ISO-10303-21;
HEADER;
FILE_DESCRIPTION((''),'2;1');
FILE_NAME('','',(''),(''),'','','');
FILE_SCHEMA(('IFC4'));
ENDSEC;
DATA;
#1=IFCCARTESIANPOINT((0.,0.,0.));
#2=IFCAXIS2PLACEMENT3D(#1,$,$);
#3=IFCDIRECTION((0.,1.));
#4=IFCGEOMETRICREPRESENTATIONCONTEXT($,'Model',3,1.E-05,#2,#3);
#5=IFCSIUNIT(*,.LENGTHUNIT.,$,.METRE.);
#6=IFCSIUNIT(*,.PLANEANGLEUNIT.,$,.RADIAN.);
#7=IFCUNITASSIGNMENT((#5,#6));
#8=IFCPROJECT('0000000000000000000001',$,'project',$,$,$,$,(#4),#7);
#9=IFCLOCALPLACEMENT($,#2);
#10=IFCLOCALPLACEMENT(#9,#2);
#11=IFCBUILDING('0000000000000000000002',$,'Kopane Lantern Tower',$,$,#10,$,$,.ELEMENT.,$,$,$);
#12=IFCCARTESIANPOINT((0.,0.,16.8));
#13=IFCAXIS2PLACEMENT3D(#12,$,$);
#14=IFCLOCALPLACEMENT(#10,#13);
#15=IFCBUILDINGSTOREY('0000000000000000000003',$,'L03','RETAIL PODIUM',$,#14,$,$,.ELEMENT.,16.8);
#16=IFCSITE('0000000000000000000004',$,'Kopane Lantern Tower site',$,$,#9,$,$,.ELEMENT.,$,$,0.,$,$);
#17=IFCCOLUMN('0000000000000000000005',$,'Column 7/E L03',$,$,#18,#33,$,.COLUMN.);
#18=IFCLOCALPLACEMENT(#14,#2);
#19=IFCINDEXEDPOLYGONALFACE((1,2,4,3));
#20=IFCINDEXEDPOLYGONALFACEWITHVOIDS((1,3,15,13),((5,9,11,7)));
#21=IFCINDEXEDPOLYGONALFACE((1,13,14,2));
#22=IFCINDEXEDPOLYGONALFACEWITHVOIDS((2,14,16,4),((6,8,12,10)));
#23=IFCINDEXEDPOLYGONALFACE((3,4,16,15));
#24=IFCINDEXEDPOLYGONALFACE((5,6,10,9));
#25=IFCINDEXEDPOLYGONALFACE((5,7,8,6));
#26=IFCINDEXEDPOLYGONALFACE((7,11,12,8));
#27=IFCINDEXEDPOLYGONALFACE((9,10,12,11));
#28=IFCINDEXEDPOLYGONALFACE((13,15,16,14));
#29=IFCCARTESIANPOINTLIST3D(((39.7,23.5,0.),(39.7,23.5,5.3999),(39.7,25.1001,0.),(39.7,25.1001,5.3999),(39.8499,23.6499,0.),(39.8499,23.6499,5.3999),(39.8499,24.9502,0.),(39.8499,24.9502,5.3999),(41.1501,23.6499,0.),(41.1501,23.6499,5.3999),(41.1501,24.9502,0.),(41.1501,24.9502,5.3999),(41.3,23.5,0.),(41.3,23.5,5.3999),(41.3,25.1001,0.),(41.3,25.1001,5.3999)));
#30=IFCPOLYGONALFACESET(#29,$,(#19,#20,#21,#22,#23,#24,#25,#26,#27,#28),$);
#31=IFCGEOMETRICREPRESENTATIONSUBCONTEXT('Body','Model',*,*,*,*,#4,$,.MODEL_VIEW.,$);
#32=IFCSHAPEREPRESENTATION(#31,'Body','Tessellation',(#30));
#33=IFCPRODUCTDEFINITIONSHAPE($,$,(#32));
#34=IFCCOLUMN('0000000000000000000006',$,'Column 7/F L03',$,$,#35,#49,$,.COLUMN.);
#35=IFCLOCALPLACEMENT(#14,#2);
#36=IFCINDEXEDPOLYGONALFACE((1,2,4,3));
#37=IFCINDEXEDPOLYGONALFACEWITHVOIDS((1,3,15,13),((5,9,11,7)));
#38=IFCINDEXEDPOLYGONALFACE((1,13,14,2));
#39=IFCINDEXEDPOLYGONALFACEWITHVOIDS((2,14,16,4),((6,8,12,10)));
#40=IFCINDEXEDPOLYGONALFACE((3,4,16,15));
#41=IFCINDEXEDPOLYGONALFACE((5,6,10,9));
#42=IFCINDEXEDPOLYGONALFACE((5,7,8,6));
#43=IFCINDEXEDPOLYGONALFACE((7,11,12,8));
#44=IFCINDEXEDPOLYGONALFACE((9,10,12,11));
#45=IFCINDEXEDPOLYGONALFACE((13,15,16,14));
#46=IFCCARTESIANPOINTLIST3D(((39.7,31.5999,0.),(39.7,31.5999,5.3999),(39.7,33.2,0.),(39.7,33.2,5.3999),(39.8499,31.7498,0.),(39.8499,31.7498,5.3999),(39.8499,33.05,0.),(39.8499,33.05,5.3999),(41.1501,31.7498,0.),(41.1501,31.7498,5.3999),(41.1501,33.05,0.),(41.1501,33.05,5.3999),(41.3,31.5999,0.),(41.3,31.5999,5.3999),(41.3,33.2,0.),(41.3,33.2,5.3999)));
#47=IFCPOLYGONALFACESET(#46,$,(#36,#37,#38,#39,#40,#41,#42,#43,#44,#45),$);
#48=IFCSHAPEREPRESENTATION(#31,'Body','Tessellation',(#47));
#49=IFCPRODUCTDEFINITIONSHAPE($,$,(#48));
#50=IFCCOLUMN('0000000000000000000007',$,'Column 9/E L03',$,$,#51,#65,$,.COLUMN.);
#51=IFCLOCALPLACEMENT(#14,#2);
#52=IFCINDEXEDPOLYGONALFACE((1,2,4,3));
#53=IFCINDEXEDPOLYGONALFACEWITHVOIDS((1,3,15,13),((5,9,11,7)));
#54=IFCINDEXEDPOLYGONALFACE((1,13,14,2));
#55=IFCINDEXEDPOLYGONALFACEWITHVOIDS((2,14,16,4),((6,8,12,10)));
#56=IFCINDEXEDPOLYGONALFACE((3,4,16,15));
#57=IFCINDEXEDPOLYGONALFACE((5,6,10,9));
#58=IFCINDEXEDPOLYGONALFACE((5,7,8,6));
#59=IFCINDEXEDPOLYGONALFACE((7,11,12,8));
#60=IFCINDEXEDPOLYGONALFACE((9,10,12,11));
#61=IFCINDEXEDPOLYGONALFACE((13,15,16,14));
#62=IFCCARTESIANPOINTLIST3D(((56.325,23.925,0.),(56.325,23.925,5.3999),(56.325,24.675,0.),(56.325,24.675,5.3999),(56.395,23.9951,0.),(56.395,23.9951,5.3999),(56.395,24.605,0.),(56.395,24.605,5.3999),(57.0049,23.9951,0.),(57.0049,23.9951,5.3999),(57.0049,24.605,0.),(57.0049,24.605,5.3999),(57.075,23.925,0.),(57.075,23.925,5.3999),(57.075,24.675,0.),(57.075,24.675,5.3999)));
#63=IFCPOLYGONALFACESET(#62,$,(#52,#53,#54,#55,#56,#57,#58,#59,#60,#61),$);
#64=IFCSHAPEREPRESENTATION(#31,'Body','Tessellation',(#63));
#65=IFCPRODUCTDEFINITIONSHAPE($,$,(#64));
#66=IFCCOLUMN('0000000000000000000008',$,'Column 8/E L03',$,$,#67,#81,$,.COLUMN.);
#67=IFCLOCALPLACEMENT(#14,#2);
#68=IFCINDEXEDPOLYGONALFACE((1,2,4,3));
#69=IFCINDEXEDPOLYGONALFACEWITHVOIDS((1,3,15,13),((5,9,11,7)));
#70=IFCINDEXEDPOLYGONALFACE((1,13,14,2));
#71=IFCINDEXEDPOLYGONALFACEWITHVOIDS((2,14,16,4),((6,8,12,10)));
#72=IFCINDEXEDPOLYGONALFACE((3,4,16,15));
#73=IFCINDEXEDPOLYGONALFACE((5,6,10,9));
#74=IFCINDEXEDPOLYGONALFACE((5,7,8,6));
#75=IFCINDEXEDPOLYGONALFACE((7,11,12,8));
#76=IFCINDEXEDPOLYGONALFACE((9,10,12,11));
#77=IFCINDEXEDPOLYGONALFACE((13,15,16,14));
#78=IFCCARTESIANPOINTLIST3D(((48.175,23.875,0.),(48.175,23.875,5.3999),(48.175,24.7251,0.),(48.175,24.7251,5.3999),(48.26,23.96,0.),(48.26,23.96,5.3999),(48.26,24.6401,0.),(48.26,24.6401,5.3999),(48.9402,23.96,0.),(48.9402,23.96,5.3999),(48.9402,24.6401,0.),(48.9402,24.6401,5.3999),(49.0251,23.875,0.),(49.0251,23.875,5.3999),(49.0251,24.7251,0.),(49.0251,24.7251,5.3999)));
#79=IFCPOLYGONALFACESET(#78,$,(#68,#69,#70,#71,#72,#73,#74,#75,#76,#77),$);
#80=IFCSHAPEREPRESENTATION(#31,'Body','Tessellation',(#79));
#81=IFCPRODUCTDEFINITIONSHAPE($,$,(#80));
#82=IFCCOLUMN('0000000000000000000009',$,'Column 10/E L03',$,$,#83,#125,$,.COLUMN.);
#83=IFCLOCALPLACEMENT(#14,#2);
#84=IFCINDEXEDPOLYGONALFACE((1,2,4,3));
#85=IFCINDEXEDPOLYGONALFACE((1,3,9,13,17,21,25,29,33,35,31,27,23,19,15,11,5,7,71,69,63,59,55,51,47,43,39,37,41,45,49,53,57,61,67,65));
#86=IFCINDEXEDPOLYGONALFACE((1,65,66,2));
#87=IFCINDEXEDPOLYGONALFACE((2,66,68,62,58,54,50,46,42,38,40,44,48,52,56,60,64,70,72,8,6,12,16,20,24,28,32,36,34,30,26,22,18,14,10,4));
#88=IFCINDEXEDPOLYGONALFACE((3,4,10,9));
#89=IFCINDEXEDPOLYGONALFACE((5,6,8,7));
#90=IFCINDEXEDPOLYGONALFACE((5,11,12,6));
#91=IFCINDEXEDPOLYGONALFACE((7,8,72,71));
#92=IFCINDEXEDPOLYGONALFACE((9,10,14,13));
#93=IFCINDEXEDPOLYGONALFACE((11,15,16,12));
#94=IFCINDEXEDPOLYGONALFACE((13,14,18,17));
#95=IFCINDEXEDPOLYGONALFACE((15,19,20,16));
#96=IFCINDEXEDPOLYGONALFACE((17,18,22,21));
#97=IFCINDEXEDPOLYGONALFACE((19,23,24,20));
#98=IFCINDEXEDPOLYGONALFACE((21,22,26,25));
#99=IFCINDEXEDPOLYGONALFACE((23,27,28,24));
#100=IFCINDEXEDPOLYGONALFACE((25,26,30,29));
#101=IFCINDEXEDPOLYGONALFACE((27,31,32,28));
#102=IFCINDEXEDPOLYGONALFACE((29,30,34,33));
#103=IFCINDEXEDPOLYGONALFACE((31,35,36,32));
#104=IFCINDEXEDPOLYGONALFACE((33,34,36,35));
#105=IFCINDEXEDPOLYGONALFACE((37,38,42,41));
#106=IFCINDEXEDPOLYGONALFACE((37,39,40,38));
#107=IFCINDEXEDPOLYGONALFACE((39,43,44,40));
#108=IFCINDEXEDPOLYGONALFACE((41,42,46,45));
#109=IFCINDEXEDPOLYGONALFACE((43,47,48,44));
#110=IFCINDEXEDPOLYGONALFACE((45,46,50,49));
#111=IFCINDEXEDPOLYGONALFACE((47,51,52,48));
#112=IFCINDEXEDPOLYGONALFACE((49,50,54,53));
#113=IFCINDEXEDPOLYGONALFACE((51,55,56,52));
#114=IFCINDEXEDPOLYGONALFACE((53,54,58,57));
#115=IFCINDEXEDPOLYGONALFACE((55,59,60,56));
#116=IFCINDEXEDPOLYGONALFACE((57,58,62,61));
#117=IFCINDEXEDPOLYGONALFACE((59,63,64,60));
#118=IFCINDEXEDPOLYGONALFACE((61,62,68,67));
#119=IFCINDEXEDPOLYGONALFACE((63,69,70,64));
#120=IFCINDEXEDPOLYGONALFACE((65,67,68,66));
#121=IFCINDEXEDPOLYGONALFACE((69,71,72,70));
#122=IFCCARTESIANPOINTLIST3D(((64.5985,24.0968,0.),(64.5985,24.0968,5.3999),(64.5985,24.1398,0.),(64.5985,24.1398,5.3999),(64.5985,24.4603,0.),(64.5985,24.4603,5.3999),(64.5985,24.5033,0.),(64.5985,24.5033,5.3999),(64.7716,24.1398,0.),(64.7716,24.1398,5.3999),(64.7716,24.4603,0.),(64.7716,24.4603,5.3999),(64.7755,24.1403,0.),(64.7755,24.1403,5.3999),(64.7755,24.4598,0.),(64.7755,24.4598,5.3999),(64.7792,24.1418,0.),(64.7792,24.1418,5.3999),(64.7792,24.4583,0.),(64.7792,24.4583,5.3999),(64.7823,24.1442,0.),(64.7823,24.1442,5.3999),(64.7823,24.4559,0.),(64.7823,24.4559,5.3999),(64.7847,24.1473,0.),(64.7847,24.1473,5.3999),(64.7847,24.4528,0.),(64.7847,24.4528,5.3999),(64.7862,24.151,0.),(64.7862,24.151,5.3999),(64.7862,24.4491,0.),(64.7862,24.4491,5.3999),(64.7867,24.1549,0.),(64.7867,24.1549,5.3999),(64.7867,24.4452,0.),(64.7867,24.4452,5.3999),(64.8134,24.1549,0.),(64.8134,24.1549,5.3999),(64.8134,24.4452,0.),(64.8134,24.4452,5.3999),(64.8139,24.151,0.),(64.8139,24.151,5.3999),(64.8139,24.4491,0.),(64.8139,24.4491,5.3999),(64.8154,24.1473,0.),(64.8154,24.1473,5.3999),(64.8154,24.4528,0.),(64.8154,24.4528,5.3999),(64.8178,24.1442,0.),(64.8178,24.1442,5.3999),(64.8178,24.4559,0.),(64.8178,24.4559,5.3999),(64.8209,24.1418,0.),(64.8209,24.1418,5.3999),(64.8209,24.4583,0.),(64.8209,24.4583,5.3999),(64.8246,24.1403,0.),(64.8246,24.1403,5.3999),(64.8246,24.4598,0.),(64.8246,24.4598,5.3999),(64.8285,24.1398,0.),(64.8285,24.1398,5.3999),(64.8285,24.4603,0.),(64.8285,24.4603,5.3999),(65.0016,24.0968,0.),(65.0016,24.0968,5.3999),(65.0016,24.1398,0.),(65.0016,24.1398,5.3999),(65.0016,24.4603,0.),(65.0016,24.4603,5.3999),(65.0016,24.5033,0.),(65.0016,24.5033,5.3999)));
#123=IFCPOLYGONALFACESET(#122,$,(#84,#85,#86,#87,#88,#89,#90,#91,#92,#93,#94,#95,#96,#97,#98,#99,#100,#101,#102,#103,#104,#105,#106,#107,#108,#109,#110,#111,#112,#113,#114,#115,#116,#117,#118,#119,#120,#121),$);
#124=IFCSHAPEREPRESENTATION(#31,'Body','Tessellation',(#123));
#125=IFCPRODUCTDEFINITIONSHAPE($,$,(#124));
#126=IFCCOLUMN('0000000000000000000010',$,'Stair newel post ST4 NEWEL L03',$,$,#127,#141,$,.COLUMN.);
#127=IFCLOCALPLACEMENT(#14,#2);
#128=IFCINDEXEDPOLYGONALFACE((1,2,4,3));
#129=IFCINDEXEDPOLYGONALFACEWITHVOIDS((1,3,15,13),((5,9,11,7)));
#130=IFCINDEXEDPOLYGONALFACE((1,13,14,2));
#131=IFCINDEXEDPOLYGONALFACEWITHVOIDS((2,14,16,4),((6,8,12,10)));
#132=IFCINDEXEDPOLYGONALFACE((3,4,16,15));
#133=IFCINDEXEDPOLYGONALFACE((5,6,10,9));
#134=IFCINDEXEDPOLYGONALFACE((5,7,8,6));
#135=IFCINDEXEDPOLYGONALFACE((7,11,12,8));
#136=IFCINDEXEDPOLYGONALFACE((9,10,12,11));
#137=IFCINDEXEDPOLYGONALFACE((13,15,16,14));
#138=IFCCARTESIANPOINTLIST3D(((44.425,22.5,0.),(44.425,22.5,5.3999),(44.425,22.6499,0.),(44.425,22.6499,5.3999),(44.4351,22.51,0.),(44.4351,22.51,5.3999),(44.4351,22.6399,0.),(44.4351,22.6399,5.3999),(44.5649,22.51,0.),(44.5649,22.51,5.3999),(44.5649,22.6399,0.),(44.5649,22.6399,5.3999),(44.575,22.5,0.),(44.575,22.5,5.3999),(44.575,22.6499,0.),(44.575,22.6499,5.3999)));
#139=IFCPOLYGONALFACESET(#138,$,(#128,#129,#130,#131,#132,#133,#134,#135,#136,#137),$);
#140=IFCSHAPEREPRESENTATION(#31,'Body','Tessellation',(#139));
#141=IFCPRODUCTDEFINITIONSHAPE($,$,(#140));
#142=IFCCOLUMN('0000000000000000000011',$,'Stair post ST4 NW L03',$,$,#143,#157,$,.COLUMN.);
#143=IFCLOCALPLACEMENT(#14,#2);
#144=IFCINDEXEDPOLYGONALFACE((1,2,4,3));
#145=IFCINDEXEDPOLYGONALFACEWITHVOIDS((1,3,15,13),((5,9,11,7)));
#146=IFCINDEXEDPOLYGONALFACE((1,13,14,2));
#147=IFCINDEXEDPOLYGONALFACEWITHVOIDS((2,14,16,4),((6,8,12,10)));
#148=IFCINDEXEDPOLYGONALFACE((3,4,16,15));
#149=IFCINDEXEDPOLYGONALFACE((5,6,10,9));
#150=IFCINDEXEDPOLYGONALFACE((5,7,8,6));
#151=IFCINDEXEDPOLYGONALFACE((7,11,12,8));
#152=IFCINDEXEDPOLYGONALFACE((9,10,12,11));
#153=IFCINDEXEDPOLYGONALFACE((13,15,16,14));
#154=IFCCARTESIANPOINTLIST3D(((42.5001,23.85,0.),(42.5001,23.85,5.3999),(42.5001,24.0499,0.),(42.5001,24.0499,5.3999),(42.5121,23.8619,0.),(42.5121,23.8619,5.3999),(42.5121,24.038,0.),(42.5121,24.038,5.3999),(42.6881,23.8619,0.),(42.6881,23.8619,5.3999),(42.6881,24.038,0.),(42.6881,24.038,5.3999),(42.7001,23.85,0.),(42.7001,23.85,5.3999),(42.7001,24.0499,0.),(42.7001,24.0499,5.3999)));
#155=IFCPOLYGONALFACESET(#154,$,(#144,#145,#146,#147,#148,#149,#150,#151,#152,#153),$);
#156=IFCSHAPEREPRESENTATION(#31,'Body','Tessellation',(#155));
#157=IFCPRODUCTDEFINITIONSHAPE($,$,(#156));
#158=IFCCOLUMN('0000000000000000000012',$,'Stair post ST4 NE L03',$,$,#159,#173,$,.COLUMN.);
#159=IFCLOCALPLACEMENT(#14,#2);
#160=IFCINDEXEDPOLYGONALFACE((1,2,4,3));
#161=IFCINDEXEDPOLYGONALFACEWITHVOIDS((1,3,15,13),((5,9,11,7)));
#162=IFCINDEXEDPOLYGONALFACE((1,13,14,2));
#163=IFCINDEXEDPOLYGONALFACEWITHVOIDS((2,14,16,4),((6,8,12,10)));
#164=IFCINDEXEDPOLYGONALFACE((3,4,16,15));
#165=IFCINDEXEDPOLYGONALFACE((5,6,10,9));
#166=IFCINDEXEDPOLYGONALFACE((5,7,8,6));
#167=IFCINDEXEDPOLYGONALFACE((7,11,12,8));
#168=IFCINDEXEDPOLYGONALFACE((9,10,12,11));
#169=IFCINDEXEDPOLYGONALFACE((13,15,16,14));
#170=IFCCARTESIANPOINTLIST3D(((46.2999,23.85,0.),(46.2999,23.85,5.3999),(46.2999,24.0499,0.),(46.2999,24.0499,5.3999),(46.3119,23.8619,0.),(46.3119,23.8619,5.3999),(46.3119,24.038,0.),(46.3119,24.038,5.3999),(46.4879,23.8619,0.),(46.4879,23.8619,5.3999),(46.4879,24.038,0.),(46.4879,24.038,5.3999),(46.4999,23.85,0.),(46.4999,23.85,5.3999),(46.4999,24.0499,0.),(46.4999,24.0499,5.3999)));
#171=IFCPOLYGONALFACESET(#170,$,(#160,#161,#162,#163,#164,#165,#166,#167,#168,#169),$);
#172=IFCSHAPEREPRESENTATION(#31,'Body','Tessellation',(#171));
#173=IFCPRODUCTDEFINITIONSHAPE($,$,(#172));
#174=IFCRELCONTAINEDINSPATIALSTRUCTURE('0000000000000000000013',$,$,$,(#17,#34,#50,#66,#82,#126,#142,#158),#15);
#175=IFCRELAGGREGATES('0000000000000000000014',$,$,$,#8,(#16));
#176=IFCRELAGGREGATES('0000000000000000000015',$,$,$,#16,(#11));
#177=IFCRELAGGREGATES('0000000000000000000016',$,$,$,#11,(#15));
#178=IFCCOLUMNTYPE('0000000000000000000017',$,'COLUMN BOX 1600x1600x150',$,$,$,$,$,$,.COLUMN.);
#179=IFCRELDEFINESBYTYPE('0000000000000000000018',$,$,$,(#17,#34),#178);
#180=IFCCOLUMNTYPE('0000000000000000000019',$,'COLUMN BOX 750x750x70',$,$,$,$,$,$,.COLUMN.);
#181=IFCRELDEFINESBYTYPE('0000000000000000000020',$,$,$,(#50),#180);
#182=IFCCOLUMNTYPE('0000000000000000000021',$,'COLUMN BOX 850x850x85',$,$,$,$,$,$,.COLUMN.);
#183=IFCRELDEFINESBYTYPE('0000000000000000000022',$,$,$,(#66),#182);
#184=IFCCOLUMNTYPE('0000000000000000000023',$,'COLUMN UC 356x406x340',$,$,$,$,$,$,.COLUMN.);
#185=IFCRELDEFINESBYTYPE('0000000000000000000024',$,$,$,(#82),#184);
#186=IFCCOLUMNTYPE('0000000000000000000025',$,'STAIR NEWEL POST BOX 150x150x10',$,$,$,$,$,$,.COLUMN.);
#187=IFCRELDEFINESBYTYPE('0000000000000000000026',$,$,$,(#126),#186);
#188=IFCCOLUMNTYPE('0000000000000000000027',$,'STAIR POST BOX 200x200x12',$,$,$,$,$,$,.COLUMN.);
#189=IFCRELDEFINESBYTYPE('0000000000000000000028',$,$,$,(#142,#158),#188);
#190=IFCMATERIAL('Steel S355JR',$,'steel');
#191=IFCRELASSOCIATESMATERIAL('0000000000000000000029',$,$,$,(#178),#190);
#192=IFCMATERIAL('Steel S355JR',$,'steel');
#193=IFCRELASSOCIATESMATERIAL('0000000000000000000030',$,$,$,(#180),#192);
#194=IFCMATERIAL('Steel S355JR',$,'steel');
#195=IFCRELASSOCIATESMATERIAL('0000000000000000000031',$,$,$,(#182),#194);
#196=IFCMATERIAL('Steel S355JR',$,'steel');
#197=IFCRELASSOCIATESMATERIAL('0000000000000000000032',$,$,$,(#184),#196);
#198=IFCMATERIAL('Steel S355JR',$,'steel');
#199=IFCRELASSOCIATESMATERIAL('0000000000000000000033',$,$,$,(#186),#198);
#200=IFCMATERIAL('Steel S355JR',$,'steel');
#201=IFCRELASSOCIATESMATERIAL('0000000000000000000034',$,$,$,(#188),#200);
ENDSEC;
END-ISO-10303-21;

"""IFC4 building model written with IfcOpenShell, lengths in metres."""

from ifc_helpers import new_model, si_unit, direction, frame, origin, origin_2d, place, context, subcontext, project, spatial, hollow_rectangle, i_section, extrude, material, material_profile, profile_set, type_object, element, save


model = new_model("IFC4")

# Units and contexts
model_context = context("Model", 3, precision=1e-05, world=origin(), true_north=direction((0.0, 1.0)))
body_context = subcontext(model_context, "Body", "Model", "MODEL_VIEW")
ifc_project = project(units=[si_unit("LENGTHUNIT", "METRE"), si_unit("PLANEANGLEUNIT", "RADIAN")], contexts=[model_context])

# Site, building, storey
site_placement = place(None, origin())
site = spatial("IfcSite", under=ifc_project, at=site_placement, Name="Kopane Lantern Tower site", CompositionType="ELEMENT", RefElevation=0.0)
building_placement = place(site_placement, origin())
building = spatial("IfcBuilding", under=site, at=building_placement, Name="Kopane Lantern Tower", CompositionType="ELEMENT")
storey_placement = place(building_placement, frame((0.0, 0.0, 16.8)))
storey = spatial("IfcBuildingStorey", under=building, at=storey_placement, Name="L03", Description="RETAIL PODIUM", CompositionType="ELEMENT", Elevation=16.8)

# Columns
ifc_material_1 = material(Name="Steel S355JR", Category="steel")
ifc_material_profile_1 = material_profile(ifc_material_1, hollow_rectangle(XDim=1.6001, YDim=1.6001, WallThickness=0.1499, at=origin_2d()), Name="BOX 1600x1600x150")
ifc_profile_set_1 = profile_set([ifc_material_profile_1], Name="Steel S355JR")
column_type_1 = type_object("IfcColumnType", Name="COLUMN BOX 1600x1600x150", PredefinedType="COLUMN", material=ifc_profile_set_1)
for number, where, z_axis, x_axis, name in (
    (1, (40.5, 24.3, 0.0), (0.0, 0.0, 1.0), (1.0, 0.0, 0.0), "Column 7/E L03"),
    (2, (40.5, 32.3999, 0.0), (0.0, 0.0, 1.0), (1.0, 0.0, 0.0), "Column 7/F L03"),
):
    element("IfcColumn", number, at=place(storey_placement, frame(where, z_axis=z_axis, x_axis=x_axis)), inside=storey, type_object=column_type_1, Name=name, PredefinedType="COLUMN", context=body_context, shape_type="SweptSolid", body=[
        extrude(hollow_rectangle(XDim=1.6001, YDim=1.6001, WallThickness=0.1499, at=origin_2d()), origin(), (0.0, 0.0, 1.0), 5.3999),
    ])
ifc_material_2 = material(Name="Steel S355JR", Category="steel")
ifc_material_profile_2 = material_profile(ifc_material_2, hollow_rectangle(XDim=0.75, YDim=0.75, WallThickness=0.0701, at=origin_2d()), Name="BOX 750x750x70")
ifc_profile_set_2 = profile_set([ifc_material_profile_2], Name="Steel S355JR")
column_type_2 = type_object("IfcColumnType", Name="COLUMN BOX 750x750x70", PredefinedType="COLUMN", material=ifc_profile_set_2)
column_1_placement = place(storey_placement, frame((56.7, 24.3, 0.0), z_axis=(0.0, 0.0, 1.0), x_axis=(1.0, 0.0, 0.0)))
element("IfcColumn", 3, at=column_1_placement, inside=storey, type_object=column_type_2, Name="Column 9/E L03", PredefinedType="COLUMN", context=body_context, shape_type="SweptSolid", body=[
    extrude(hollow_rectangle(XDim=0.75, YDim=0.75, WallThickness=0.0701, at=origin_2d()), origin(), (0.0, 0.0, 1.0), 5.3999),
])
ifc_material_3 = material(Name="Steel S355JR", Category="steel")
ifc_material_profile_3 = material_profile(ifc_material_3, hollow_rectangle(XDim=0.8501, YDim=0.8501, WallThickness=0.085, at=origin_2d()), Name="BOX 850x850x85")
ifc_profile_set_3 = profile_set([ifc_material_profile_3], Name="Steel S355JR")
column_type_3 = type_object("IfcColumnType", Name="COLUMN BOX 850x850x85", PredefinedType="COLUMN", material=ifc_profile_set_3)
column_2_placement = place(storey_placement, frame((48.6001, 24.3, 0.0), z_axis=(0.0, 0.0, 1.0), x_axis=(1.0, 0.0, 0.0)))
element("IfcColumn", 4, at=column_2_placement, inside=storey, type_object=column_type_3, Name="Column 8/E L03", PredefinedType="COLUMN", context=body_context, shape_type="SweptSolid", body=[
    extrude(hollow_rectangle(XDim=0.8501, YDim=0.8501, WallThickness=0.085, at=origin_2d()), origin(), (0.0, 0.0, 1.0), 5.3999),
])
ifc_material_4 = material(Name="Steel S355JR", Category="steel")
ifc_material_profile_4 = material_profile(ifc_material_4, i_section(OverallWidth=0.4031, OverallDepth=0.4065, WebThickness=0.0266, FlangeThickness=0.043, FilletRadius=0.0151, at=origin_2d()), Name="UC 356x406x340")
ifc_profile_set_4 = profile_set([ifc_material_profile_4], Name="Steel S355JR")
column_type_4 = type_object("IfcColumnType", Name="COLUMN UC 356x406x340", PredefinedType="COLUMN", material=ifc_profile_set_4)
column_3_placement = place(storey_placement, frame((64.8, 24.3, 0.0), z_axis=(0.0, 0.0, 1.0), x_axis=(1.0, 0.0, 0.0)))
element("IfcColumn", 5, at=column_3_placement, inside=storey, type_object=column_type_4, Name="Column 10/E L03", PredefinedType="COLUMN", context=body_context, shape_type="SweptSolid", body=[
    extrude(i_section(OverallWidth=0.4031, OverallDepth=0.4065, WebThickness=0.0266, FlangeThickness=0.043, FilletRadius=0.0151, at=origin_2d()), origin(), (0.0, 0.0, 1.0), 5.3999),
])
ifc_material_5 = material(Name="Steel S355JR", Category="steel")
ifc_material_profile_5 = material_profile(ifc_material_5, hollow_rectangle(XDim=0.1499, YDim=0.1499, WallThickness=0.01, at=origin_2d()), Name="BOX 150x150x10")
ifc_profile_set_5 = profile_set([ifc_material_profile_5], Name="Steel S355JR")
column_type_5 = type_object("IfcColumnType", Name="STAIR NEWEL POST BOX 150x150x10", PredefinedType="COLUMN", material=ifc_profile_set_5)
column_4_placement = place(storey_placement, frame((44.5, 22.575, 0.0), z_axis=(0.0, 0.0, 1.0), x_axis=(1.0, 0.0, 0.0)))
element("IfcColumn", 6, at=column_4_placement, inside=storey, type_object=column_type_5, Name="Stair newel post ST4 NEWEL L03", PredefinedType="COLUMN", context=body_context, shape_type="SweptSolid", body=[
    extrude(hollow_rectangle(XDim=0.1499, YDim=0.1499, WallThickness=0.01, at=origin_2d()), origin(), (0.0, 0.0, 1.0), 5.3999),
])
ifc_material_6 = material(Name="Steel S355JR", Category="steel")
ifc_material_profile_6 = material_profile(ifc_material_6, hollow_rectangle(XDim=0.2, YDim=0.2, WallThickness=0.012, at=origin_2d()), Name="BOX 200x200x12")
ifc_profile_set_6 = profile_set([ifc_material_profile_6], Name="Steel S355JR")
column_type_6 = type_object("IfcColumnType", Name="STAIR POST BOX 200x200x12", PredefinedType="COLUMN", material=ifc_profile_set_6)
for number, where, z_axis, x_axis, name in (
    (7, (42.6001, 23.95, 0.0), (0.0, 0.0, 1.0), (1.0, 0.0, 0.0), "Stair post ST4 NW L03"),
    (8, (46.3999, 23.95, 0.0), (0.0, 0.0, 1.0), (1.0, 0.0, 0.0), "Stair post ST4 NE L03"),
):
    element("IfcColumn", number, at=place(storey_placement, frame(where, z_axis=z_axis, x_axis=x_axis)), inside=storey, type_object=column_type_6, Name=name, PredefinedType="COLUMN", context=body_context, shape_type="SweptSolid", body=[
        extrude(hollow_rectangle(XDim=0.2, YDim=0.2, WallThickness=0.012, at=origin_2d()), origin(), (0.0, 0.0, 1.0), 5.3999),
    ])

save(model, "model.ifc")
